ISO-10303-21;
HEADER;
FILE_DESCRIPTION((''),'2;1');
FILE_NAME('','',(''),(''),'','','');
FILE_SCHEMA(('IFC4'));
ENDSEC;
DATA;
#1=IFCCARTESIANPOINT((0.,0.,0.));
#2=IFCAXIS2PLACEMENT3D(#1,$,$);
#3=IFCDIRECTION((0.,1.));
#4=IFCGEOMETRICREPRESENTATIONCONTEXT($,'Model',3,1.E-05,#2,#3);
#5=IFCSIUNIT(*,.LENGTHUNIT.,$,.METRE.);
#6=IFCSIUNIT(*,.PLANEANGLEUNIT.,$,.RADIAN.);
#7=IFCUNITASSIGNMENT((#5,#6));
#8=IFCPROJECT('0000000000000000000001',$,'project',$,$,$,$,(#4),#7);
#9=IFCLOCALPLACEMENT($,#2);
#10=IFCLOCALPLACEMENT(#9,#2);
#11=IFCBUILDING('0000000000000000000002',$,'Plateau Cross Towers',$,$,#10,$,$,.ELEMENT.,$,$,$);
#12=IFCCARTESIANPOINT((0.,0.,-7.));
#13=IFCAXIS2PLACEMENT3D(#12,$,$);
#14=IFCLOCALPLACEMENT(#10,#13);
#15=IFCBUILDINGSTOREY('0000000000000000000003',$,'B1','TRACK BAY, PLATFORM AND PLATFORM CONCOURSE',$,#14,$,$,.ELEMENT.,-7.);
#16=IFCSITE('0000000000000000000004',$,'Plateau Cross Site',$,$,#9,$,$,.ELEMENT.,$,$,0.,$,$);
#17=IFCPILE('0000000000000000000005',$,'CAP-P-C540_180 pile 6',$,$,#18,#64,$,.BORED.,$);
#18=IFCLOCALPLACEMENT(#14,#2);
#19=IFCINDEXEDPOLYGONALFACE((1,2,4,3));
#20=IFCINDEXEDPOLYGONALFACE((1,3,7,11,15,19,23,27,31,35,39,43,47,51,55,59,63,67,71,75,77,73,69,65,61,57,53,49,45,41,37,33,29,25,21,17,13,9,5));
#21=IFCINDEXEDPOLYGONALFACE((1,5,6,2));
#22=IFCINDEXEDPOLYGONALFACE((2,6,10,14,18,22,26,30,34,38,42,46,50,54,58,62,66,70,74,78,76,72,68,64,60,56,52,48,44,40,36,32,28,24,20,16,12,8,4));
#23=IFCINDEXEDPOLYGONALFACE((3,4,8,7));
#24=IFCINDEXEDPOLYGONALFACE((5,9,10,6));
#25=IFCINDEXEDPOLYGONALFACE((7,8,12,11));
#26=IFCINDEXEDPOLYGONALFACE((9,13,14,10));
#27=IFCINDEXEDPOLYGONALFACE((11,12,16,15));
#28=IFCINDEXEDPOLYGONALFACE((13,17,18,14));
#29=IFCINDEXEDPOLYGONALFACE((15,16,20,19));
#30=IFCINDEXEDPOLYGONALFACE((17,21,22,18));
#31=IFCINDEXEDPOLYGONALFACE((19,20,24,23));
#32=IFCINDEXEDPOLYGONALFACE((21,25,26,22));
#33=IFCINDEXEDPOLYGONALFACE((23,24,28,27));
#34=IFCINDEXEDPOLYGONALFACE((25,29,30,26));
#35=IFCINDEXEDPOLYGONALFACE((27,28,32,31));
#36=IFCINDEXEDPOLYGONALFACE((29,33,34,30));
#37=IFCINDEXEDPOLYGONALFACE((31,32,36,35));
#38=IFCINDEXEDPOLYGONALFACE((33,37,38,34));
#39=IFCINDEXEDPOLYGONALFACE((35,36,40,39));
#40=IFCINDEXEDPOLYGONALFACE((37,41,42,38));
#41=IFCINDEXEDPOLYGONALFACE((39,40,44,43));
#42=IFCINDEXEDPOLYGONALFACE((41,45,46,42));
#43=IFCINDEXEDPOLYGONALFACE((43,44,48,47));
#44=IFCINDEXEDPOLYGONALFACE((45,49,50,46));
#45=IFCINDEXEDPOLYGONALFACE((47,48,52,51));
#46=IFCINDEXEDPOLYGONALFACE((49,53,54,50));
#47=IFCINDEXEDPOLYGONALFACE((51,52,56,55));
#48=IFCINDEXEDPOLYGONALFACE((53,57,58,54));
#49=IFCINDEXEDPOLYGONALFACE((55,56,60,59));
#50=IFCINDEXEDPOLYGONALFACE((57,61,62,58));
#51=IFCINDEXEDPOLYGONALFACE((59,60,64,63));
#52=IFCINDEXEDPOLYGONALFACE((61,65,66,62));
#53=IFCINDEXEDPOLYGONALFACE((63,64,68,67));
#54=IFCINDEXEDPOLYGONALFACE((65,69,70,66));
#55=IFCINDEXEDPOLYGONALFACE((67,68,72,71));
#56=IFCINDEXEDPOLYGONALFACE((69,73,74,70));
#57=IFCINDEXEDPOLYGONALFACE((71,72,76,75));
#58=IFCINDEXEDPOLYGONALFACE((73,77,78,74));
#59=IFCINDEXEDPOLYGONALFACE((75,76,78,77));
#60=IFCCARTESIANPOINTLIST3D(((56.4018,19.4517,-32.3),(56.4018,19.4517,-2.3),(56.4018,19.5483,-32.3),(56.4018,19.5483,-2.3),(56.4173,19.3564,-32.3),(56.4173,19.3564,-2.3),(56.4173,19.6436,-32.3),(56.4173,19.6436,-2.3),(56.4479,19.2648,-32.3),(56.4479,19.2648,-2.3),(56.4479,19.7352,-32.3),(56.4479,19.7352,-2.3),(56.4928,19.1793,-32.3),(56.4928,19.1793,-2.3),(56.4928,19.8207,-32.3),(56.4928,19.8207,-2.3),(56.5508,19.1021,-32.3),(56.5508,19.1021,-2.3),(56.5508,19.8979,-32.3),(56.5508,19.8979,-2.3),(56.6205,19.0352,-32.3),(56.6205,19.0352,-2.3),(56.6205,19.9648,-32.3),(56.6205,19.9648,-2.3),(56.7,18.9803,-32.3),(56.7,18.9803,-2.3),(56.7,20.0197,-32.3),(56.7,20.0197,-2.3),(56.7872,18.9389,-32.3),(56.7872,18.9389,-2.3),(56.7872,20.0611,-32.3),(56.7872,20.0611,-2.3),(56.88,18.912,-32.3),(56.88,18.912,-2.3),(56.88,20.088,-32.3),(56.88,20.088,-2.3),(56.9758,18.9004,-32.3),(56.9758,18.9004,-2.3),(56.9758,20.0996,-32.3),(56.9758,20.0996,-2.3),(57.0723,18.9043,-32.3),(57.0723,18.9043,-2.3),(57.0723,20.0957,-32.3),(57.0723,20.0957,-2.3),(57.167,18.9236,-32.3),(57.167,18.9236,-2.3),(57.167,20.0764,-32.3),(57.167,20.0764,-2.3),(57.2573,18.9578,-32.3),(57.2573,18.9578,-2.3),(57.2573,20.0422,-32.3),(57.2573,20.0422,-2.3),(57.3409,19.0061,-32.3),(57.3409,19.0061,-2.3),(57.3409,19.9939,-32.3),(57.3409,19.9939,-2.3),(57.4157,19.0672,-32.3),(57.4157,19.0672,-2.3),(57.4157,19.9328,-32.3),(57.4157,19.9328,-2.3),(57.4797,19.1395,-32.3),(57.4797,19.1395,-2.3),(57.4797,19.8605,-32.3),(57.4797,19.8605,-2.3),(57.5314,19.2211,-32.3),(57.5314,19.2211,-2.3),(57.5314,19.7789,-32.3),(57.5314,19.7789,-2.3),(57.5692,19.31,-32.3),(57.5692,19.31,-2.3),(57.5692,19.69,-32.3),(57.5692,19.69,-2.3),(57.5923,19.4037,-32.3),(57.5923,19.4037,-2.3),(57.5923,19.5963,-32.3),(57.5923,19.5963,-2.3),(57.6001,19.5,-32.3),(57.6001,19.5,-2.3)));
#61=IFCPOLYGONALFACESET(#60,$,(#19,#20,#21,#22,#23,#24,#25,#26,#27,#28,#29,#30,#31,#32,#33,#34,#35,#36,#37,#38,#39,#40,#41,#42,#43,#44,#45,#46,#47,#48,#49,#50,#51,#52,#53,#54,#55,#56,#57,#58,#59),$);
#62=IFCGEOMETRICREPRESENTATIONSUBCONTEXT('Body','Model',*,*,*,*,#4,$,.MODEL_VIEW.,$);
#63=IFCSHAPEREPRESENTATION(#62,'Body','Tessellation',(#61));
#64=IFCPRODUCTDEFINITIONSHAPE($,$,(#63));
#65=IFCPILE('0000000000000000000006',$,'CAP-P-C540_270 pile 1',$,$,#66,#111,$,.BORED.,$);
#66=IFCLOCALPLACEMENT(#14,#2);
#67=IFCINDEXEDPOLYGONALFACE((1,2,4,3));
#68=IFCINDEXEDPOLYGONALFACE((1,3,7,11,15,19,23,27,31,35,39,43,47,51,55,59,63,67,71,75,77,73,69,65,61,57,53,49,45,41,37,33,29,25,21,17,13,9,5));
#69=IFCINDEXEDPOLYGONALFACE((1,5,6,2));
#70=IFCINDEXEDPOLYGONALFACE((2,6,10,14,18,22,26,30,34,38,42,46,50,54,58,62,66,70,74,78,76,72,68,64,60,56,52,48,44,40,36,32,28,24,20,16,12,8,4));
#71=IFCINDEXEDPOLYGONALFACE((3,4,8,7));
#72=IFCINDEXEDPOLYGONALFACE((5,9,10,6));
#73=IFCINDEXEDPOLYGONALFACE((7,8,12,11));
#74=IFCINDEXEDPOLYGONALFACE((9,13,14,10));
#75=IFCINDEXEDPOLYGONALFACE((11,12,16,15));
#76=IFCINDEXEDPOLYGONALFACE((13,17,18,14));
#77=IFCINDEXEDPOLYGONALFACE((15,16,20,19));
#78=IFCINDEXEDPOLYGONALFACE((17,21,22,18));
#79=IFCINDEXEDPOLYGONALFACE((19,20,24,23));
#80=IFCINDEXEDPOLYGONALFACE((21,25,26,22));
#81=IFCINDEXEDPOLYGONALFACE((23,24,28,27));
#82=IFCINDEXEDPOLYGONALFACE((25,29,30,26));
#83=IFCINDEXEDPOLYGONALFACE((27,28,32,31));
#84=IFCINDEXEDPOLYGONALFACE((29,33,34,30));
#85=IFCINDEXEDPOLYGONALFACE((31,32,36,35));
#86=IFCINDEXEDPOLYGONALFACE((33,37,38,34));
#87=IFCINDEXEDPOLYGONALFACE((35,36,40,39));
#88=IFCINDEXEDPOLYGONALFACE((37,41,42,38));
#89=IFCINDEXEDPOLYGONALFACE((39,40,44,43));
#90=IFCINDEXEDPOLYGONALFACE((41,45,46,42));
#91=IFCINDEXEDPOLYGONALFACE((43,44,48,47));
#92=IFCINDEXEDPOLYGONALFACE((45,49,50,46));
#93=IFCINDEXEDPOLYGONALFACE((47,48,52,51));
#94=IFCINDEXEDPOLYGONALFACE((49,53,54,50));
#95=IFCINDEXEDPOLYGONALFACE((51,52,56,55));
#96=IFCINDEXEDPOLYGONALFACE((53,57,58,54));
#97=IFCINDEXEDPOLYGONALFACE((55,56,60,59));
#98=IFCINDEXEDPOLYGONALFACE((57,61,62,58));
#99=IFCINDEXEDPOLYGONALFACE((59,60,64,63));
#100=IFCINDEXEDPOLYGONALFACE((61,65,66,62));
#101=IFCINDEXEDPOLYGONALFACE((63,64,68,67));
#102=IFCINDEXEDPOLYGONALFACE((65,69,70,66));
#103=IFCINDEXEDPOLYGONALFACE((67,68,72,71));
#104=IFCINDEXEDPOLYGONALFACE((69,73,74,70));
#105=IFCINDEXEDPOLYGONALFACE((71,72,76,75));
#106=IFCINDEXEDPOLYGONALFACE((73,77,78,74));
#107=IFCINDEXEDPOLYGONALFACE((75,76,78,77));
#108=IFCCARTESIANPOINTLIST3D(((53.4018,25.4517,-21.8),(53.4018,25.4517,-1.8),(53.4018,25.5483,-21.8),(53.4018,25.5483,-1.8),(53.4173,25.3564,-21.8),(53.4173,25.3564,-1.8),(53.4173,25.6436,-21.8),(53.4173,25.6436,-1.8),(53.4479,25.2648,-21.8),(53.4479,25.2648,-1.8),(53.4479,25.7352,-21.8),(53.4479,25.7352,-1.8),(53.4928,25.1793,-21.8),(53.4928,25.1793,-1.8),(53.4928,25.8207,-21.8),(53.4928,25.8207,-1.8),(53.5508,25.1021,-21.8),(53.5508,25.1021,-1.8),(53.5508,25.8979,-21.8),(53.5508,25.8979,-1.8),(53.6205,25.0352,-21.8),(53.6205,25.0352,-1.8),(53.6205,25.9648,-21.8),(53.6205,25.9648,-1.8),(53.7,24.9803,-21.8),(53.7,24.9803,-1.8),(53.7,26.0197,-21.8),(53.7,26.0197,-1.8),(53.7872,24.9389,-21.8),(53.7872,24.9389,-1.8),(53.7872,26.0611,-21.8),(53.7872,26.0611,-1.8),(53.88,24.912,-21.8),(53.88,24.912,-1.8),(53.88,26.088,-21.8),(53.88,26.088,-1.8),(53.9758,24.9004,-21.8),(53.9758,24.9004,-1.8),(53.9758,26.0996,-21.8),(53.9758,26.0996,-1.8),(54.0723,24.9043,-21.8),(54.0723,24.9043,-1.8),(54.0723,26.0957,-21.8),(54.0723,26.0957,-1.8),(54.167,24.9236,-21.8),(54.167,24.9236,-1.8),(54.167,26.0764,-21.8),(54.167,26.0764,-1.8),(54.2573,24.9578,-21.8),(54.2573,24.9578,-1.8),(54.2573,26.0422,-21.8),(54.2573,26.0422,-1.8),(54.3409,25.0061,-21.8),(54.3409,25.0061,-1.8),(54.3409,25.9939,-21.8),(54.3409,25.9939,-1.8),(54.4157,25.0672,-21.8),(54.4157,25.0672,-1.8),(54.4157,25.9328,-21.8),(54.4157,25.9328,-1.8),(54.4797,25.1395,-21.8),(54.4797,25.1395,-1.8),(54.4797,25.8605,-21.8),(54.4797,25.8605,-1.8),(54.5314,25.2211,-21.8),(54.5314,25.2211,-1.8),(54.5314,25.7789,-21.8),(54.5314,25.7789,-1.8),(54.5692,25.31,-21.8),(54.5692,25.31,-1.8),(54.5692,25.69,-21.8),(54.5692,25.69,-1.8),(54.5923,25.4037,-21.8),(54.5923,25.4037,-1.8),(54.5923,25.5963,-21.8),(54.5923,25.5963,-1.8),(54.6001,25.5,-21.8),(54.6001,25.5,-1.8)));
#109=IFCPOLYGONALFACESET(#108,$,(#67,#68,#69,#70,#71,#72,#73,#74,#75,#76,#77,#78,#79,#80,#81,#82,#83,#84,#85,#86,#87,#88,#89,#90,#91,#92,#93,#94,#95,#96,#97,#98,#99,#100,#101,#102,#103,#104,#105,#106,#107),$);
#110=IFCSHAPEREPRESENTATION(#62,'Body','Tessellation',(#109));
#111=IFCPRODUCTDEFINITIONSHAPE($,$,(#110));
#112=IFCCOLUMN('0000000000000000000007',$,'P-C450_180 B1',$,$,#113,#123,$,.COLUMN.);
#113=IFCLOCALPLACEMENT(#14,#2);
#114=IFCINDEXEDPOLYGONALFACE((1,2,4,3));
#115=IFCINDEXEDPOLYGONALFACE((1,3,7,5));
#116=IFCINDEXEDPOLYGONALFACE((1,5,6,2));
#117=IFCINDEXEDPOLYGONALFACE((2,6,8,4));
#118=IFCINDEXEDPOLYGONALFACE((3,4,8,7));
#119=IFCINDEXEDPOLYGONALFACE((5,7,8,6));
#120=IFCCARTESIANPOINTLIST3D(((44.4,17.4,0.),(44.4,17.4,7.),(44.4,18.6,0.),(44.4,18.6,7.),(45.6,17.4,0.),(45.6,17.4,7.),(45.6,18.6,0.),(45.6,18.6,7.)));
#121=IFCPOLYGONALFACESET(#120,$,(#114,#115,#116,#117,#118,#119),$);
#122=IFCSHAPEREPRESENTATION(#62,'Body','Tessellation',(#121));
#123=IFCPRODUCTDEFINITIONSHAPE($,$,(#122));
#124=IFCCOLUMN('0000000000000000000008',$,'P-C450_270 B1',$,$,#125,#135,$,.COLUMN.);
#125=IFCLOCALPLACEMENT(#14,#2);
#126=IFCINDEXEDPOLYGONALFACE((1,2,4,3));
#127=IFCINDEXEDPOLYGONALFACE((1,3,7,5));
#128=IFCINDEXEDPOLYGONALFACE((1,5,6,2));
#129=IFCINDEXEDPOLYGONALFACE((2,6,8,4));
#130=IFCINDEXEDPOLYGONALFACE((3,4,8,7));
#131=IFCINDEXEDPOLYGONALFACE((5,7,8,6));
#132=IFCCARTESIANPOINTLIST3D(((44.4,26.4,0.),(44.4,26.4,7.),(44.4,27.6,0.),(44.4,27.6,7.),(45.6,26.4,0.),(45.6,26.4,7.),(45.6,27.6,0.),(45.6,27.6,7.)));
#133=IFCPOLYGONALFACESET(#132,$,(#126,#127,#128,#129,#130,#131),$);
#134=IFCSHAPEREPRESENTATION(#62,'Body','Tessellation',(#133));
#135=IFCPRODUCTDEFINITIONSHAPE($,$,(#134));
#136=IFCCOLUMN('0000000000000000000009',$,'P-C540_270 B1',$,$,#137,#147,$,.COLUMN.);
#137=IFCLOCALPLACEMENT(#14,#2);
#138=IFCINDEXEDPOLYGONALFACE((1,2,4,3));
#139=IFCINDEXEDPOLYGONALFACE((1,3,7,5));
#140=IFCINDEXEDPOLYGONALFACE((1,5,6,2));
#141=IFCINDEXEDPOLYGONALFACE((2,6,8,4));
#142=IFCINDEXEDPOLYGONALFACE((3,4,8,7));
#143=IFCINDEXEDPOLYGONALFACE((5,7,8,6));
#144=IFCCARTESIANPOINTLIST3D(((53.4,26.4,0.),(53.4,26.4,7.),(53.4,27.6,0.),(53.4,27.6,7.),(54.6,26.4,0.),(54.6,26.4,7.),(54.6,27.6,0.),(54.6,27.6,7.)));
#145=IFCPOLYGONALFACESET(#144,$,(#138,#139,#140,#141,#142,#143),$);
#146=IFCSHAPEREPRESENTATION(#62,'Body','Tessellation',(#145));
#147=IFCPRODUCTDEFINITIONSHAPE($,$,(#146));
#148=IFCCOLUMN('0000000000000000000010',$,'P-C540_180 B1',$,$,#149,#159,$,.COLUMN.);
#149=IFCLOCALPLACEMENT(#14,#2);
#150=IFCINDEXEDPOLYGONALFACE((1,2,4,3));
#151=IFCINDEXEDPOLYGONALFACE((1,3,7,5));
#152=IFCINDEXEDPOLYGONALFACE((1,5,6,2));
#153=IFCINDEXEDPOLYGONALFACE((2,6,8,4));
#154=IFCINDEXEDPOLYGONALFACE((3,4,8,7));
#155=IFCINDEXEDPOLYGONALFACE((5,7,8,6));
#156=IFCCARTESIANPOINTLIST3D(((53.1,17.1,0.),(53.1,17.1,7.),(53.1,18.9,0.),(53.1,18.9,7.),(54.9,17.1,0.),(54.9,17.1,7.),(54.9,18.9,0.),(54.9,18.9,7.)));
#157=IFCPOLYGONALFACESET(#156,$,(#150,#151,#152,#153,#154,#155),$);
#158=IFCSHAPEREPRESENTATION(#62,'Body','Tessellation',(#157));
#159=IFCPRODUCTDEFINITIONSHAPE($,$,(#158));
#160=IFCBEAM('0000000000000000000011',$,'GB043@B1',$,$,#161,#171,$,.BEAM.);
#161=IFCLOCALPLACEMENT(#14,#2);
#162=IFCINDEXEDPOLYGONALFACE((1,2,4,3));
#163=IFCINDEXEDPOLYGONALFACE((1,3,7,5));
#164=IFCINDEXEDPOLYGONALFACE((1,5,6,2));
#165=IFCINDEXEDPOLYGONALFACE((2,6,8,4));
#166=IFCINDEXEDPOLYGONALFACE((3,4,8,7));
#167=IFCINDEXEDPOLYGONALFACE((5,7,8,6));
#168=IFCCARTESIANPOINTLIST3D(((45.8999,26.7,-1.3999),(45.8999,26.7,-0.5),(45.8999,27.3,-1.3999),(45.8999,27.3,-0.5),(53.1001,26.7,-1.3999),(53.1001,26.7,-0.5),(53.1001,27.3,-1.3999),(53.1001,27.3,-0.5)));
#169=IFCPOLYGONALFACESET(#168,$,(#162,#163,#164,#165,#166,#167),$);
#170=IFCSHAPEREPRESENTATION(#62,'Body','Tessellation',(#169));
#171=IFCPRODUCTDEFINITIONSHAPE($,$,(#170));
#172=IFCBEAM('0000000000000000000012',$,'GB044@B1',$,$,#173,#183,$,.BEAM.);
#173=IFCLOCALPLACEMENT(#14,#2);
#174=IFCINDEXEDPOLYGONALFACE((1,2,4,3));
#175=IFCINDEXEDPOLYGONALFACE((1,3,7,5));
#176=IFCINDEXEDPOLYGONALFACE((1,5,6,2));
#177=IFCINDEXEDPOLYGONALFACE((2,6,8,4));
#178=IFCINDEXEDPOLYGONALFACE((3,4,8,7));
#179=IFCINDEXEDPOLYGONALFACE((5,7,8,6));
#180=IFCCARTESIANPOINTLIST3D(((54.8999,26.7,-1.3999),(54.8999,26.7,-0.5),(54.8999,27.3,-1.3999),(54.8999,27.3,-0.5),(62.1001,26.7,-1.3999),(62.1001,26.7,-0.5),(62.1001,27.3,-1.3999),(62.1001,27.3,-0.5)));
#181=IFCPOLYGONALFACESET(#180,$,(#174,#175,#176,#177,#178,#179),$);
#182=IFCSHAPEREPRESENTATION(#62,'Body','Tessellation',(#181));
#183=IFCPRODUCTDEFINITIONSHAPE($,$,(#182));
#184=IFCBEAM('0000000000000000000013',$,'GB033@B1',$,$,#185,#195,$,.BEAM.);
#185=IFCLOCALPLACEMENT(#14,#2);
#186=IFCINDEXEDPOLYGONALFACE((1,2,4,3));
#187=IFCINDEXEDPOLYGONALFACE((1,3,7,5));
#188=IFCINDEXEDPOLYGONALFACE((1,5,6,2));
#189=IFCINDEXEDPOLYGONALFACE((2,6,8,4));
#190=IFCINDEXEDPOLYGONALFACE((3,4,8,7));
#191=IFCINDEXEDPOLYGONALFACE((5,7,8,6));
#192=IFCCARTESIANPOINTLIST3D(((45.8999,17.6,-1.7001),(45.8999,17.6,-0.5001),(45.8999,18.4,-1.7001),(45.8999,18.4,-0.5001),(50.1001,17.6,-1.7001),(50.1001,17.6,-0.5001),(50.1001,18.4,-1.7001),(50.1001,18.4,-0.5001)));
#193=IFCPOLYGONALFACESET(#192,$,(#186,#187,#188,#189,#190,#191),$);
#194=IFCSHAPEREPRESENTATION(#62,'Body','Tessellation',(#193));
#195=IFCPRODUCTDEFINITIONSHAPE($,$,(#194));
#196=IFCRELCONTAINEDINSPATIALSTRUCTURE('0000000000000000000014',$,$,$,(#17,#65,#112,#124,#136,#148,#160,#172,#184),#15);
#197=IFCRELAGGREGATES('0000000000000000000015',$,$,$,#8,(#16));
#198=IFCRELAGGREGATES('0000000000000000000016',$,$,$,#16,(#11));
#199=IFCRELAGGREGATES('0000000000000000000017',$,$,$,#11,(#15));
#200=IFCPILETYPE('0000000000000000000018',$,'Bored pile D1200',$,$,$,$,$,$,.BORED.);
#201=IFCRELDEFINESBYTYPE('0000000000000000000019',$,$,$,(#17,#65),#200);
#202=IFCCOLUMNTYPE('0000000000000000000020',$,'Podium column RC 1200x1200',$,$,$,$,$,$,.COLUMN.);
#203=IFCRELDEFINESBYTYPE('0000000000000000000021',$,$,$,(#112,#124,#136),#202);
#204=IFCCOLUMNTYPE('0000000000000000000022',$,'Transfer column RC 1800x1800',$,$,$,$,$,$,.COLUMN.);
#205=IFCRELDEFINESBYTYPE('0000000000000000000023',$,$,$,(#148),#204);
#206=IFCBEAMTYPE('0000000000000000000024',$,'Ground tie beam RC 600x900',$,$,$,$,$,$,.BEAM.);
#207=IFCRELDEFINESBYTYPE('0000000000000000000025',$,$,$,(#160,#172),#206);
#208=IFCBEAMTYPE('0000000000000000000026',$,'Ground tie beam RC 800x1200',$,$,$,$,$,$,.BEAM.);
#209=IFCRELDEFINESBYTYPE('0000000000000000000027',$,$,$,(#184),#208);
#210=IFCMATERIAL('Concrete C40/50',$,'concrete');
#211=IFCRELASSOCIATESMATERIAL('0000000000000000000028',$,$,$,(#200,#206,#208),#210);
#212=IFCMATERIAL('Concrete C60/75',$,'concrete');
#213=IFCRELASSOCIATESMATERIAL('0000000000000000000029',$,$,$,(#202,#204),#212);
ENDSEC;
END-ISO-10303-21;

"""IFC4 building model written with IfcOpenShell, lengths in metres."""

from ifc_helpers import new_model, si_unit, direction, frame, origin, origin_2d, place, context, subcontext, project, spatial, rectangle, circle, extrude, material, material_profile, profile_set, type_object, element, save


model = new_model("IFC4")

# Units and contexts
model_context = context("Model", 3, precision=1e-05, world=origin(), true_north=direction((0.0, 1.0)))
body_context = subcontext(model_context, "Body", "Model", "MODEL_VIEW")
ifc_project = project(units=[si_unit("LENGTHUNIT", "METRE"), si_unit("PLANEANGLEUNIT", "RADIAN")], contexts=[model_context])

# Site, building, storey
site_placement = place(None, origin())
site = spatial("IfcSite", under=ifc_project, at=site_placement, Name="Plateau Cross Site", CompositionType="ELEMENT", RefElevation=0.0)
building_placement = place(site_placement, origin())
building = spatial("IfcBuilding", under=site, at=building_placement, Name="Plateau Cross Towers", CompositionType="ELEMENT")
storey_placement = place(building_placement, frame((0.0, 0.0, -7.0)))
storey = spatial("IfcBuildingStorey", under=building, at=storey_placement, Name="B1", Description="TRACK BAY, PLATFORM AND PLATFORM CONCOURSE", CompositionType="ELEMENT", Elevation=-7.0)

# Piles
ifc_material_1 = material(Name="Concrete C40/50", Category="concrete")
ifc_material_profile_1 = material_profile(ifc_material_1, circle(Radius=0.6001, at=origin_2d()), Name="Bored pile D1200")
ifc_profile_set_1 = profile_set([ifc_material_profile_1], Name="Concrete C40/50")
pile_type = type_object("IfcPileType", Name="Bored pile D1200", PredefinedType="BORED", material=ifc_profile_set_1)
for number, where, z_axis, x_axis, name in (
    (1, (57.0, 19.5, -2.3), (0.0, 0.0, -1.0), (1.0, 0.0, 0.0), "CAP-P-C540_180 pile 6"),
):
    element("IfcPile", number, at=place(storey_placement, frame(where, z_axis=z_axis, x_axis=x_axis)), inside=storey, type_object=pile_type, Name=name, PredefinedType="BORED", context=body_context, shape_type="SweptSolid", body=[
        extrude(circle(Radius=0.6001, at=origin_2d()), origin(), (0.0, 0.0, 1.0), 30.0),
    ])
pile_placement = place(storey_placement, frame((54.0, 25.5, -1.8), z_axis=(0.0, 0.0, -1.0), x_axis=(1.0, 0.0, 0.0)))
element("IfcPile", 2, at=pile_placement, inside=storey, type_object=pile_type, Name="CAP-P-C540_270 pile 1", PredefinedType="BORED", context=body_context, shape_type="SweptSolid", body=[
    extrude(circle(Radius=0.6001, at=origin_2d()), origin(), (0.0, 0.0, 1.0), 20.0),
])

# Columns
ifc_material_2 = material(Name="Concrete C60/75", Category="concrete")
ifc_material_profile_2 = material_profile(ifc_material_2, rectangle(XDim=1.2, YDim=1.2, at=origin_2d()), Name="RC 1200x1200")
ifc_profile_set_2 = profile_set([ifc_material_profile_2], Name="Concrete C60/75")
column_type_1 = type_object("IfcColumnType", Name="Podium column RC 1200x1200", PredefinedType="COLUMN", material=ifc_profile_set_2)
for number, where, z_axis, x_axis, name in (
    (3, (45.0, 18.0, 0.0), (0.0, 0.0, 1.0), (1.0, 0.0, 0.0), "P-C450_180 B1"),
    (4, (45.0, 27.0, 0.0), (0.0, 0.0, 1.0), (1.0, 0.0, 0.0), "P-C450_270 B1"),
    (5, (54.0, 27.0, 0.0), (0.0, 0.0, 1.0), (1.0, 0.0, 0.0), "P-C540_270 B1"),
):
    element("IfcColumn", number, at=place(storey_placement, frame(where, z_axis=z_axis, x_axis=x_axis)), inside=storey, type_object=column_type_1, Name=name, PredefinedType="COLUMN", context=body_context, shape_type="SweptSolid", body=[
        extrude(rectangle(XDim=1.2, YDim=1.2, at=origin_2d()), origin(), (0.0, 0.0, 1.0), 7.0),
    ])
ifc_material_profile_3 = material_profile(ifc_material_2, rectangle(XDim=1.8, YDim=1.8, at=origin_2d()), Name="RC 1800x1800")
ifc_profile_set_3 = profile_set([ifc_material_profile_3], Name="Concrete C60/75")
column_type_2 = type_object("IfcColumnType", Name="Transfer column RC 1800x1800", PredefinedType="COLUMN", material=ifc_profile_set_3)
column_placement = place(storey_placement, frame((54.0, 18.0, 0.0), z_axis=(0.0, 0.0, 1.0), x_axis=(1.0, 0.0, 0.0)))
element("IfcColumn", 6, at=column_placement, inside=storey, type_object=column_type_2, Name="P-C540_180 B1", PredefinedType="COLUMN", context=body_context, shape_type="SweptSolid", body=[
    extrude(rectangle(XDim=1.8, YDim=1.8, at=origin_2d()), origin(), (0.0, 0.0, 1.0), 7.0),
])

# Beams
ifc_material_profile_4 = material_profile(ifc_material_1, rectangle(XDim=0.6001, YDim=0.8999, at=origin_2d()), Name="RC 600x900")
ifc_profile_set_4 = profile_set([ifc_material_profile_4], Name="Concrete C40/50")
beam_type_1 = type_object("IfcBeamType", Name="Ground tie beam RC 600x900", PredefinedType="BEAM", material=ifc_profile_set_4)
for number, where, z_axis, x_axis, name in (
    (7, (45.8999, 27.0, -0.95), (1.0, 0.0, 0.0), (0.0, 1.0, 0.0), "GB043@B1"),
    (8, (54.8999, 27.0, -0.95), (1.0, 0.0, 0.0), (0.0, 1.0, 0.0), "GB044@B1"),
):
    element("IfcBeam", number, at=place(storey_placement, frame(where, z_axis=z_axis, x_axis=x_axis)), inside=storey, type_object=beam_type_1, Name=name, PredefinedType="BEAM", context=body_context, shape_type="SweptSolid", body=[
        extrude(rectangle(XDim=0.6001, YDim=0.8999, at=origin_2d()), origin(), (0.0, 0.0, 1.0), 7.2002),
    ])
ifc_material_profile_5 = material_profile(ifc_material_1, rectangle(XDim=0.8, YDim=1.2, at=origin_2d()), Name="RC 800x1200")
ifc_profile_set_5 = profile_set([ifc_material_profile_5], Name="Concrete C40/50")
beam_type_2 = type_object("IfcBeamType", Name="Ground tie beam RC 800x1200", PredefinedType="BEAM", material=ifc_profile_set_5)
for number, where, z_axis, x_axis, name in (
    (9, (45.8999, 18.0, -1.1001), (1.0, 0.0, 0.0), (0.0, 1.0, 0.0), "GB033@B1"),
):
    element("IfcBeam", number, at=place(storey_placement, frame(where, z_axis=z_axis, x_axis=x_axis)), inside=storey, type_object=beam_type_2, Name=name, PredefinedType="BEAM", context=body_context, shape_type="SweptSolid", body=[
        extrude(rectangle(XDim=0.8, YDim=1.2, at=origin_2d()), origin(), (0.0, 0.0, 1.0), 4.2002),
    ])

save(model, "model.ifc")
